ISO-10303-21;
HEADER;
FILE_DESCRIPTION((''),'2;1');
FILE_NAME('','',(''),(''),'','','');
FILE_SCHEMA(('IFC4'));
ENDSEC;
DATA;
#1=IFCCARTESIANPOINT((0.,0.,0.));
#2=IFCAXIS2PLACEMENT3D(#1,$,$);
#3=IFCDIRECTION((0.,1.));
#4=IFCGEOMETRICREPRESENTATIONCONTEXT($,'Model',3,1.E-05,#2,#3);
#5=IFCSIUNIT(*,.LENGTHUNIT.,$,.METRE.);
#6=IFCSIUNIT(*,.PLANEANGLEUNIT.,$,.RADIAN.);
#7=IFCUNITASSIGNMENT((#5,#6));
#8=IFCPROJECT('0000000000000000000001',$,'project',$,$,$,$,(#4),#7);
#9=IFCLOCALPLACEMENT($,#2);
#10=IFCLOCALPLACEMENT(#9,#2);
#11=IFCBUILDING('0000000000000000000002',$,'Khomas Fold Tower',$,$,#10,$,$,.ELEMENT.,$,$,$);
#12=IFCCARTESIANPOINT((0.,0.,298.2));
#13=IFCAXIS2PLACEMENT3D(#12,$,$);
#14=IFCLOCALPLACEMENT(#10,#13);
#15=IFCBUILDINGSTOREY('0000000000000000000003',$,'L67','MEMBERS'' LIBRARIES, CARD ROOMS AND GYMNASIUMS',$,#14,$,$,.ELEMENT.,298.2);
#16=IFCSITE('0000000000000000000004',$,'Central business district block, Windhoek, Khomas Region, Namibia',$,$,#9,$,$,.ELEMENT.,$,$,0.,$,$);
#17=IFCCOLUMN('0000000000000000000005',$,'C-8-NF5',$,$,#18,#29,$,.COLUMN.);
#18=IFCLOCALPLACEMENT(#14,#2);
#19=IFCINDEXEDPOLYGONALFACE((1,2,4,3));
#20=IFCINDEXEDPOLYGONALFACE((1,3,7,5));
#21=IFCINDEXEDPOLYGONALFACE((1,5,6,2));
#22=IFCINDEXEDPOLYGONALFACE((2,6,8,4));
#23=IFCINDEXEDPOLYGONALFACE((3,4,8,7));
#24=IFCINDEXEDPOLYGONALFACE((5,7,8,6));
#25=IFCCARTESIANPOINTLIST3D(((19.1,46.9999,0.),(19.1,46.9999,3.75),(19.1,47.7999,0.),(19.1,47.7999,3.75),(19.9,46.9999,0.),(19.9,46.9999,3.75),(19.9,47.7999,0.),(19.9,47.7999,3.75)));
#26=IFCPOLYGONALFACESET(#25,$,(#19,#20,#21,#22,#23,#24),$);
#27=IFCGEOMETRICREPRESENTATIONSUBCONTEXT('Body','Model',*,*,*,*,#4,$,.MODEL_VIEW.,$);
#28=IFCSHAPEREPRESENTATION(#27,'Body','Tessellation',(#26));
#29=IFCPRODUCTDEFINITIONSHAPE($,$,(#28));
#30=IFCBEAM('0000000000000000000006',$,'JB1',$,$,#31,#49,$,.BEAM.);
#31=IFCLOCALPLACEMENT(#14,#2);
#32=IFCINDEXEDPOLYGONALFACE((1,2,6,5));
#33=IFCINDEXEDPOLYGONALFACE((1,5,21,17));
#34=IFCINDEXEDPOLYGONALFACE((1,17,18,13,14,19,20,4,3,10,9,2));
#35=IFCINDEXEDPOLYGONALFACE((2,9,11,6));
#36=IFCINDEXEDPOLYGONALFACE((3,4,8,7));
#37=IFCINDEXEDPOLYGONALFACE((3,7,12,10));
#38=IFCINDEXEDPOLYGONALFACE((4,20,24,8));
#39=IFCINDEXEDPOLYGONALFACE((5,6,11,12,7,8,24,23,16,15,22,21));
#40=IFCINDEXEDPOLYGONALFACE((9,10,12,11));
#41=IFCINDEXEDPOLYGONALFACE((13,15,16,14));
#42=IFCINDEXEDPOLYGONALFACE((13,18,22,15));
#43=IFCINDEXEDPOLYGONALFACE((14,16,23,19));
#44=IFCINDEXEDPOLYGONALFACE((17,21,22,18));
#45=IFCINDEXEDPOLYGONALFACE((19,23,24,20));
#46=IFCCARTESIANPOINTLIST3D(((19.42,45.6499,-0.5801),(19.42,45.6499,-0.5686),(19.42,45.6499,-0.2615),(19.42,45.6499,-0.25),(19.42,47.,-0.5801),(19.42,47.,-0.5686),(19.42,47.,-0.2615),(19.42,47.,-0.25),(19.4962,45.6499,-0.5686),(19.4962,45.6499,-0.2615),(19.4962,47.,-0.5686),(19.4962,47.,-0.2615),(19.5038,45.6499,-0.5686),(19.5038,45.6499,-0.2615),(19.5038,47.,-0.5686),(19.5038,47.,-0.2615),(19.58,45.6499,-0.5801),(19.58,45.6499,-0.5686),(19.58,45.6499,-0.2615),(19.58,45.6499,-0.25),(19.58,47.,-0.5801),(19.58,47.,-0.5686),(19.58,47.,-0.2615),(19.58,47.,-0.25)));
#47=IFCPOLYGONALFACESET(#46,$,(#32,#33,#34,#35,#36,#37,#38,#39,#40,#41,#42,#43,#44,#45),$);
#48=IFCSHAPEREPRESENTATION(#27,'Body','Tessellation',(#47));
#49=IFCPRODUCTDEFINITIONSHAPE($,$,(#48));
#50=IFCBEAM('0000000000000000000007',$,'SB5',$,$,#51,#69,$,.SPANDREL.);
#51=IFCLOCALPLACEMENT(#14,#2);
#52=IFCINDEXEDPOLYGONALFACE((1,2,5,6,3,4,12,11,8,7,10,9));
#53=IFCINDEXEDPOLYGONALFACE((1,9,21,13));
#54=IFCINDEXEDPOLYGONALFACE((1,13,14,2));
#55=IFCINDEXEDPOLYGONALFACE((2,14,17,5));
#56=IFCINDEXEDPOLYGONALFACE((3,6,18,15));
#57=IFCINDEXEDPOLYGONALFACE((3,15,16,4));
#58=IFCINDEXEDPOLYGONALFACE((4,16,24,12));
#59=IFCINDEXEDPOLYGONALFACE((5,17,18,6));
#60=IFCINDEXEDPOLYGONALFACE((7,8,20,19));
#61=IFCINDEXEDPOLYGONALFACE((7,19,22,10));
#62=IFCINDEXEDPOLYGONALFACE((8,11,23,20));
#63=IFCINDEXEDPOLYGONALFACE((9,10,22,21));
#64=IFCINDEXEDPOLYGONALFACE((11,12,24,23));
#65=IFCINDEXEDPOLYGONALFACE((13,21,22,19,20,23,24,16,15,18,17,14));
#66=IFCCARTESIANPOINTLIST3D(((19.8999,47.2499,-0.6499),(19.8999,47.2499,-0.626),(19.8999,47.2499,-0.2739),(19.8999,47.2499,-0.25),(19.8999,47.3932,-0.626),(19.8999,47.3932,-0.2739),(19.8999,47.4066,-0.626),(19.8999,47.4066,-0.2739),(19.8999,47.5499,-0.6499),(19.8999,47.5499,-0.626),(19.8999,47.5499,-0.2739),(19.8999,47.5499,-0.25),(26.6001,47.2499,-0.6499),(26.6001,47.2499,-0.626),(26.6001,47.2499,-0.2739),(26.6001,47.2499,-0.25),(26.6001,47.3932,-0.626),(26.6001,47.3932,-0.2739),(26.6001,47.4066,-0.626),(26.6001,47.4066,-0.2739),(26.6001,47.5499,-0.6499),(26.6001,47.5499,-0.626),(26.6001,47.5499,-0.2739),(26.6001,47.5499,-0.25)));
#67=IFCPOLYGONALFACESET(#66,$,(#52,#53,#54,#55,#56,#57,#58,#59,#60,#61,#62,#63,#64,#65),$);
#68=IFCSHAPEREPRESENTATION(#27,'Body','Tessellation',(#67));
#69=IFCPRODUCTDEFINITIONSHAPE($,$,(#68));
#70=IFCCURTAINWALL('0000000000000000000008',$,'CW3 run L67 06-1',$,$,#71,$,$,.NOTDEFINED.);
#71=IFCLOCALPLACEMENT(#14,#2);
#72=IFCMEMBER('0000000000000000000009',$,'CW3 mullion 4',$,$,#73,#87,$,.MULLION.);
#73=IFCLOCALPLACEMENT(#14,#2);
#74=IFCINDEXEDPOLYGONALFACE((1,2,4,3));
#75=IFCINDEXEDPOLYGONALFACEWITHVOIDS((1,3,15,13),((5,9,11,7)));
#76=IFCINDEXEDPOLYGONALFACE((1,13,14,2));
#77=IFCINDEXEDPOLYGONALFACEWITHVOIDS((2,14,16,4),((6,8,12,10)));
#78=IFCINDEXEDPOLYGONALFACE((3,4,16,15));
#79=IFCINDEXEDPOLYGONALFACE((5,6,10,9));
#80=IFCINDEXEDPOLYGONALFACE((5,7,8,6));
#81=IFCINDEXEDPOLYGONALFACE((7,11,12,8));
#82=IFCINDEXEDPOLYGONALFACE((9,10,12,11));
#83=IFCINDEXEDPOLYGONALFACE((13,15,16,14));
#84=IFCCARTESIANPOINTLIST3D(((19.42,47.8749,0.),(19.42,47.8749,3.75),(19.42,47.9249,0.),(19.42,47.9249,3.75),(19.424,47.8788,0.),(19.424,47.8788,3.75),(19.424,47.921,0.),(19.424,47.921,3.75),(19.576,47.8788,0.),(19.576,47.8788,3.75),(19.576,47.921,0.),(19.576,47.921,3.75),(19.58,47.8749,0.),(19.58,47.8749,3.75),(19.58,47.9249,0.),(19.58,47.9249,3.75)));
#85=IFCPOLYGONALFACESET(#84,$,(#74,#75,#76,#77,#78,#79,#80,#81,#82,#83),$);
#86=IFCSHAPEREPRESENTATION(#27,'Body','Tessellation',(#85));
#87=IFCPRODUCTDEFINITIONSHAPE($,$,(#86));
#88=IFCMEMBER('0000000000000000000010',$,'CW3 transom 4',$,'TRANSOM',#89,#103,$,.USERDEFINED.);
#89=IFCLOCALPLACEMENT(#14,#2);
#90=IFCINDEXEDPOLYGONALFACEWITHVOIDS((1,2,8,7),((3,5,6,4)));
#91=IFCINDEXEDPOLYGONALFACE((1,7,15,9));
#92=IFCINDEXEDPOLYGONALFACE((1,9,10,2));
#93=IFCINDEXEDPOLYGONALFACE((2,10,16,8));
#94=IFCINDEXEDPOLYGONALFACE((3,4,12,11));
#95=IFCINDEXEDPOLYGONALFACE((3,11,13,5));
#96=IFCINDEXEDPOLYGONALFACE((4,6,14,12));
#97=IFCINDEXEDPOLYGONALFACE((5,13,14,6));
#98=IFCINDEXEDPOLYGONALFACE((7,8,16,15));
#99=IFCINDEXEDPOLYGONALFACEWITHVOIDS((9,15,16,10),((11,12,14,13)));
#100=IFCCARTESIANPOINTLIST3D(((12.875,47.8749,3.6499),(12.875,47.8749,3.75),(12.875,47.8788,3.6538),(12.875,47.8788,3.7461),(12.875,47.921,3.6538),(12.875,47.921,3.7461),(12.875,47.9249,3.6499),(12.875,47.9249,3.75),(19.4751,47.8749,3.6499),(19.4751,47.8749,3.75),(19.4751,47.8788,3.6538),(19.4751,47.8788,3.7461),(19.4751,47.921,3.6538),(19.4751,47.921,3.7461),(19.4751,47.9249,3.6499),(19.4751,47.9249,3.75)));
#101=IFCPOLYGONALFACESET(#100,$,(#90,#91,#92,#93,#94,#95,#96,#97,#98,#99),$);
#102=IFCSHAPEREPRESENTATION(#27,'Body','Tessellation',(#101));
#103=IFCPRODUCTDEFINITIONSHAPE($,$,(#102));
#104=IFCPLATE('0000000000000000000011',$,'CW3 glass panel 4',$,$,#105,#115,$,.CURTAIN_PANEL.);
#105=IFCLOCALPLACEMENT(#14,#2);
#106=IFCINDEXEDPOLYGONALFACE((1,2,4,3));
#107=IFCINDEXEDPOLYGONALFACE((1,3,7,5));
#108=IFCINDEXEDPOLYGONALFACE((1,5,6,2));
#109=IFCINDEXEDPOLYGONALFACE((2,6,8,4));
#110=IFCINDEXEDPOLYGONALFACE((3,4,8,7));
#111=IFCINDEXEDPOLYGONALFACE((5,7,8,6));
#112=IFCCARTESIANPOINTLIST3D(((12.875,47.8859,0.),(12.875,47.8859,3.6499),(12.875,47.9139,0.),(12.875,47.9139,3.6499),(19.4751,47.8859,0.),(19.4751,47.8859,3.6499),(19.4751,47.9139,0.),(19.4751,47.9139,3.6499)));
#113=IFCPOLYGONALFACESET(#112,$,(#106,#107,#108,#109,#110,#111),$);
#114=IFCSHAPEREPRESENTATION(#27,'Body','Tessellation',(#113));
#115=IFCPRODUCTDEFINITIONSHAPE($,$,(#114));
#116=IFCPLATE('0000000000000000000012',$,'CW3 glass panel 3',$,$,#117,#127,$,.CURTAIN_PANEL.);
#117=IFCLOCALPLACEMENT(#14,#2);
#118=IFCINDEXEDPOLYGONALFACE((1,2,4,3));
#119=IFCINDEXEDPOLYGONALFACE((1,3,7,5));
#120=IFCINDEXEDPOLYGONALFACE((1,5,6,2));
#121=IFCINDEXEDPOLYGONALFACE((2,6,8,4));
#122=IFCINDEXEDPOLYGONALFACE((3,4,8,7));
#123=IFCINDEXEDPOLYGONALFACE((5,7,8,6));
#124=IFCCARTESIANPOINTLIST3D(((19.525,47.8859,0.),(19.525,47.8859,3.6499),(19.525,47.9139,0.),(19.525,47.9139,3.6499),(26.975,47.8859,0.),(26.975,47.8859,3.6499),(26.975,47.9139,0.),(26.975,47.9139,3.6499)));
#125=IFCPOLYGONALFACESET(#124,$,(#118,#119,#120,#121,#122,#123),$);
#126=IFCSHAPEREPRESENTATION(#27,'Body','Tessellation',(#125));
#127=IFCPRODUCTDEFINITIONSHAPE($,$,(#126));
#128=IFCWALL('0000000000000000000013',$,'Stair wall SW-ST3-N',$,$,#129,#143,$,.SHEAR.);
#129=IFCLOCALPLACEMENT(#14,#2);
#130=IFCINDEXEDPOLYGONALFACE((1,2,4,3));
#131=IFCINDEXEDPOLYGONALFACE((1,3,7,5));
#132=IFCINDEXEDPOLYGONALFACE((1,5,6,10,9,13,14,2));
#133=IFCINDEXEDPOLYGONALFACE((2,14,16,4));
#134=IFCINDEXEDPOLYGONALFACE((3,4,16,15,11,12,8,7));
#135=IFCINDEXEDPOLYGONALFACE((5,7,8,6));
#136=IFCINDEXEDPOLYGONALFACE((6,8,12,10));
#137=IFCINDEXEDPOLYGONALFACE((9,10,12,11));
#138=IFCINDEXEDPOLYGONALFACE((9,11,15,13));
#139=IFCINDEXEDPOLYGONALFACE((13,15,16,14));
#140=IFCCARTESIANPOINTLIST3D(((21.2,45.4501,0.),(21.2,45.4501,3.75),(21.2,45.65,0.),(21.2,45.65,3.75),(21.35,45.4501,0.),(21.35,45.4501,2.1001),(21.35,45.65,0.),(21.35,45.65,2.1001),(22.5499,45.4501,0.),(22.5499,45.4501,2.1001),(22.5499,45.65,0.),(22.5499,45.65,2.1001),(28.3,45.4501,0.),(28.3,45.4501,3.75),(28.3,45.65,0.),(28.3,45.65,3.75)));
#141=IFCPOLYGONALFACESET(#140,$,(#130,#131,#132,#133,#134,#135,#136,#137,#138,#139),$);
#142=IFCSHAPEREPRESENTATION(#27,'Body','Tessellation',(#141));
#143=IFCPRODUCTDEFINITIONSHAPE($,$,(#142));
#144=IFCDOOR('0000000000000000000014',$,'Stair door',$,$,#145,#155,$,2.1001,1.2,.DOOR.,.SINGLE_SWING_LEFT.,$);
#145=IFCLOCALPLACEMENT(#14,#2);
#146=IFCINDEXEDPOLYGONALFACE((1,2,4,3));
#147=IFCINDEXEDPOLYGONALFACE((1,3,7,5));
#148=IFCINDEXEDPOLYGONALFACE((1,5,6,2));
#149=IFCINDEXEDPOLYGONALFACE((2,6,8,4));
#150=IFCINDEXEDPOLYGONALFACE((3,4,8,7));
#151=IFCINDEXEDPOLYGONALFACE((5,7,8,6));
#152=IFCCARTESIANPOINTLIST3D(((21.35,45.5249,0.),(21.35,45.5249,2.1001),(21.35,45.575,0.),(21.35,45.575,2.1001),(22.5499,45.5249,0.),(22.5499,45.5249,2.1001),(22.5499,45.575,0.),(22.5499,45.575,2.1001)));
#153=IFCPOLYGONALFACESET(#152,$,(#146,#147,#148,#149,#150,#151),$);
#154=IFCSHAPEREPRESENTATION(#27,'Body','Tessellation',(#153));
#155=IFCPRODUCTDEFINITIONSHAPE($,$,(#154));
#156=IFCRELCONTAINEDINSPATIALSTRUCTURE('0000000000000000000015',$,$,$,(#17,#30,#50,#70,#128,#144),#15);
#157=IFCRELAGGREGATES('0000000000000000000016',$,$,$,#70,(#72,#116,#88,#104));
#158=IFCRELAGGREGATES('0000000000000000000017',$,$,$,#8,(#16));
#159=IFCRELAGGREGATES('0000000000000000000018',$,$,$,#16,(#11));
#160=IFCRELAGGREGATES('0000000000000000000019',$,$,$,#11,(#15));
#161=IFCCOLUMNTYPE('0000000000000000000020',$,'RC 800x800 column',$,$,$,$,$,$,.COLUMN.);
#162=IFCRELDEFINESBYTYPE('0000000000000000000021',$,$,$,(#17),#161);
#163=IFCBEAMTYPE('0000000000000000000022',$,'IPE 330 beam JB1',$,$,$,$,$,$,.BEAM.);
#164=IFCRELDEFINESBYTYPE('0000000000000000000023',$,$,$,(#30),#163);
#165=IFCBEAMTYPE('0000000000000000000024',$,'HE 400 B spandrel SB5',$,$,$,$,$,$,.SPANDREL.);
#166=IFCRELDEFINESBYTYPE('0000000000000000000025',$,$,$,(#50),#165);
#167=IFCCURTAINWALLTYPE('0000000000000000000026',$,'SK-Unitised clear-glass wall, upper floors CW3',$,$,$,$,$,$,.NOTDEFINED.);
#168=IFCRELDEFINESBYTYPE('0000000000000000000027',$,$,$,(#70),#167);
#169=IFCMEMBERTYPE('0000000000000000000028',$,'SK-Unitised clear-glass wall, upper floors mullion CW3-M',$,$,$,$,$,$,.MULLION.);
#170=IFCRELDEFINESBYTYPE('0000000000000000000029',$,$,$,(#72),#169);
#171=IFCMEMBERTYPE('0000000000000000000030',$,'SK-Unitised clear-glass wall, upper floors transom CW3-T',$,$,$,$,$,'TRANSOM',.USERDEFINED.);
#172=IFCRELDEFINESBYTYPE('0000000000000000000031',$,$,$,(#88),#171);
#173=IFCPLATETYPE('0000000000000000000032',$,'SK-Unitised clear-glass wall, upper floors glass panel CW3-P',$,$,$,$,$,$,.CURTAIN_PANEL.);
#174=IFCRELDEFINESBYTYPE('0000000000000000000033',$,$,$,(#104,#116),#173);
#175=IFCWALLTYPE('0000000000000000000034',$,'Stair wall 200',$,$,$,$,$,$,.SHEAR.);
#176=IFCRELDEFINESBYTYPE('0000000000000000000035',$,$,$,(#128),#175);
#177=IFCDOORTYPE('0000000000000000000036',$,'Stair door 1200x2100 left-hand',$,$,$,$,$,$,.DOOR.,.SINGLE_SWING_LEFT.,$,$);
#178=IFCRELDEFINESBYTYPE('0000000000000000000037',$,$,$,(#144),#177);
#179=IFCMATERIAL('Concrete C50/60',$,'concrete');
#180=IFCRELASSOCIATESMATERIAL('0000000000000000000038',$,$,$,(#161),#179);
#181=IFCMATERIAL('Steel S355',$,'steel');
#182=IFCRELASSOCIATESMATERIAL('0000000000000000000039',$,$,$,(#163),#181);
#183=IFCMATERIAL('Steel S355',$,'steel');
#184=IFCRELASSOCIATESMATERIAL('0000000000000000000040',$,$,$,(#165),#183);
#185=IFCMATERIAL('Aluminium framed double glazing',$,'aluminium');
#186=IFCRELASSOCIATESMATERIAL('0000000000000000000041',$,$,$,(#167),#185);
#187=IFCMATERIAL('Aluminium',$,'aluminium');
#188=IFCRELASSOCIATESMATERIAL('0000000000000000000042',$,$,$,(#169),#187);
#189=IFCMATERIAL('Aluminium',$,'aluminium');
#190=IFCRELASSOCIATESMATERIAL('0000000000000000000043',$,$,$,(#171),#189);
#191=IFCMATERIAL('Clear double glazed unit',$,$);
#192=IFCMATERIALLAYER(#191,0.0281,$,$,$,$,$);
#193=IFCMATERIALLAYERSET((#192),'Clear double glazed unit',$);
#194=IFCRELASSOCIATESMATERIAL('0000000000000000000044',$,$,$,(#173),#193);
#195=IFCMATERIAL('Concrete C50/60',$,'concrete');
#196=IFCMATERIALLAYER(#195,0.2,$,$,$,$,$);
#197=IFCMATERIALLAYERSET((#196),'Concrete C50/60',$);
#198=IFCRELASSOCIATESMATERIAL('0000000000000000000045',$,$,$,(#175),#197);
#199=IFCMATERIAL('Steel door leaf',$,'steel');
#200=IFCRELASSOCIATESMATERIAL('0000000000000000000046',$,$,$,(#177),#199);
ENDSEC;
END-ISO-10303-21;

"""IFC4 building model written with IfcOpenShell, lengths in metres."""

from ifc_helpers import new_model, si_unit, direction, frame, frame_2d, origin, origin_2d, place, context, subcontext, project, spatial, rectangle, hollow_rectangle, i_section, extrude, source, transform, mapped, material, layer, layer_set, material_profile, profile_set, type_object, element, fill, aggregate, save


model = new_model("IFC4")

# Units and contexts
model_context = context("Model", 3, precision=1e-05, world=origin(), true_north=direction((0.0, 1.0)))
body_context = subcontext(model_context, "Body", "Model", "MODEL_VIEW")
ifc_project = project(units=[si_unit("LENGTHUNIT", "METRE"), si_unit("PLANEANGLEUNIT", "RADIAN")], contexts=[model_context])

# Site, building, storey
site_placement = place(None, origin())
site = spatial("IfcSite", under=ifc_project, at=site_placement, Name="Central business district block, Windhoek, Khomas Region, Namibia", CompositionType="ELEMENT", RefElevation=0.0)
building_placement = place(site_placement, origin())
building = spatial("IfcBuilding", under=site, at=building_placement, Name="Khomas Fold Tower", CompositionType="ELEMENT")
storey_placement = place(building_placement, frame((0.0, 0.0, 298.2)))
storey = spatial("IfcBuildingStorey", under=building, at=storey_placement, Name="L67", Description="MEMBERS' LIBRARIES, CARD ROOMS AND GYMNASIUMS", CompositionType="ELEMENT", Elevation=298.2)

# Column
ifc_material_1 = material(Name="Concrete C50/60", Category="concrete")
ifc_material_profile_1 = material_profile(ifc_material_1, rectangle(XDim=0.8, YDim=0.8, at=origin_2d()), Name="RC 800x800")
ifc_profile_set_1 = profile_set([ifc_material_profile_1], Name="Concrete C50/60")
column_type = type_object("IfcColumnType", Name="RC 800x800 column", PredefinedType="COLUMN", material=ifc_profile_set_1)
shared_shape_1 = source(origin(), body_context, "Body", "SweptSolid", [
    extrude(rectangle(XDim=0.8, YDim=0.8, at=origin_2d()), origin(), (0.0, 0.0, 1.0), 3.75),
])
column_placement = place(storey_placement, frame((19.5, 47.3999, 0.0), z_axis=(0.0, 0.0, 1.0), x_axis=(1.0, 0.0, 0.0)))
element("IfcColumn", 1, at=column_placement, inside=storey, type_object=column_type, Name="C-8-NF5", PredefinedType="COLUMN", context=body_context, shape_type="MappedRepresentation", body=[
    mapped(shared_shape_1, transform((0.0, 0.0, 0.0))),
])

# Beams
ifc_material_2 = material(Name="Steel S355", Category="steel")
ifc_material_profile_2 = material_profile(ifc_material_2, i_section(OverallWidth=0.1599, OverallDepth=0.3301, WebThickness=0.0076, FlangeThickness=0.0115, at=origin_2d()), Name="IPE 330")
ifc_profile_set_2 = profile_set([ifc_material_profile_2], Name="Steel S355")
beam_type_1 = type_object("IfcBeamType", Name="IPE 330 beam JB1", PredefinedType="BEAM", material=ifc_profile_set_2)
shared_shape_2 = source(origin(), body_context, "Body", "SweptSolid", [
    extrude(i_section(OverallWidth=0.1599, OverallDepth=0.3301, WebThickness=0.0076, FlangeThickness=0.0115, at=origin_2d()), origin(), (0.0, 0.0, 1.0), 1.3501),
])
beam_1_placement = place(storey_placement, frame((19.5, 45.6499, -0.415), z_axis=(0.0, 1.0, 0.0), x_axis=(-1.0, 0.0, 0.0)))
element("IfcBeam", 2, at=beam_1_placement, inside=storey, type_object=beam_type_1, Name="JB1", PredefinedType="BEAM", context=body_context, shape_type="MappedRepresentation", body=[
    mapped(shared_shape_2, transform((0.0, 0.0, 0.0))),
])
ifc_material_3 = material(Name="Steel S355", Category="steel")
ifc_material_profile_3 = material_profile(ifc_material_3, i_section(OverallWidth=0.3, OverallDepth=0.3999, WebThickness=0.0134, FlangeThickness=0.0239, at=origin_2d()), Name="HE 400 B")
ifc_profile_set_3 = profile_set([ifc_material_profile_3], Name="Steel S355")
beam_type_2 = type_object("IfcBeamType", Name="HE 400 B spandrel SB5", PredefinedType="SPANDREL", material=ifc_profile_set_3)
shared_shape_3 = source(origin(), body_context, "Body", "SweptSolid", [
    extrude(i_section(OverallWidth=0.3, OverallDepth=0.3999, WebThickness=0.0134, FlangeThickness=0.0239, at=origin_2d()), origin(), (0.0, 0.0, 1.0), 6.7002),
])
beam_2_placement = place(storey_placement, frame((19.8999, 47.3999, -0.45), z_axis=(1.0, 0.0, 0.0), x_axis=(0.0, 1.0, 0.0)))
element("IfcBeam", 3, at=beam_2_placement, inside=storey, type_object=beam_type_2, Name="SB5", PredefinedType="SPANDREL", context=body_context, shape_type="MappedRepresentation", body=[
    mapped(shared_shape_3, transform((0.0, 0.0, 0.0))),
])

# Curtain wall, members, plates
ifc_material_4 = material(Name="Aluminium framed double glazing", Category="aluminium")
curtain_wall_type = type_object("IfcCurtainWallType", Name="SK-Unitised clear-glass wall, upper floors CW3", PredefinedType="NOTDEFINED", material=ifc_material_4)
curtain_wall_placement = place(storey_placement, origin())
curtain_wall = element("IfcCurtainWall", 4, at=curtain_wall_placement, inside=storey, type_object=curtain_wall_type, Name="CW3 run L67 06-1", PredefinedType="NOTDEFINED")
ifc_material_5 = material(Name="Aluminium", Category="aluminium")
ifc_material_profile_4 = material_profile(ifc_material_5, hollow_rectangle(XDim=0.05, YDim=0.1599, WallThickness=0.0039, at=origin_2d()), Name="SK-Unitised clear-glass wall, upper floors mullion CW3-M")
ifc_profile_set_4 = profile_set([ifc_material_profile_4], Name="Aluminium")
member_type_1 = type_object("IfcMemberType", Name="SK-Unitised clear-glass wall, upper floors mullion CW3-M", PredefinedType="MULLION", material=ifc_profile_set_4)
shared_shape_4 = source(origin(), body_context, "Body", "SweptSolid", [
    extrude(hollow_rectangle(XDim=0.05, YDim=0.1599, WallThickness=0.0039, at=origin_2d()), origin(), (0.0, 0.0, 1.0), 3.75),
])
member_1_placement = place(storey_placement, frame((19.5, 47.8999, 0.0), z_axis=(0.0, 0.0, 1.0), x_axis=(0.0, -1.0, 0.0)))
member_1 = element("IfcMember", 5, at=member_1_placement, type_object=member_type_1, Name="CW3 mullion 4", PredefinedType="MULLION", context=body_context, shape_type="MappedRepresentation", body=[
    mapped(shared_shape_4, transform((0.0, 0.0, 0.0))),
])
ifc_material_6 = material(Name="Aluminium", Category="aluminium")
ifc_material_profile_5 = material_profile(ifc_material_6, hollow_rectangle(XDim=0.05, YDim=0.1001, WallThickness=0.0039, at=origin_2d()), Name="SK-Unitised clear-glass wall, upper floors transom CW3-T")
ifc_profile_set_5 = profile_set([ifc_material_profile_5], Name="Aluminium")
member_type_2 = type_object("IfcMemberType", Name="SK-Unitised clear-glass wall, upper floors transom CW3-T", ElementType="TRANSOM", PredefinedType="USERDEFINED", material=ifc_profile_set_5)
shared_shape_5 = source(origin(), body_context, "Body", "SweptSolid", [
    extrude(hollow_rectangle(XDim=0.05, YDim=0.1001, WallThickness=0.0039, at=origin_2d()), origin(), (0.0, 0.0, 1.0), 6.6001),
])
member_2_placement = place(storey_placement, frame((19.4751, 47.8999, 3.7), z_axis=(-1.0, 0.0, 0.0), x_axis=(0.0, -1.0, 0.0)))
member_2 = element("IfcMember", 6, at=member_2_placement, type_object=member_type_2, Name="CW3 transom 4", ObjectType="TRANSOM", PredefinedType="USERDEFINED", context=body_context, shape_type="MappedRepresentation", body=[
    mapped(shared_shape_5, transform((0.0, 0.0, 0.0))),
])
ifc_material_7 = material(Name="Clear double glazed unit")
ifc_layer_1 = layer(ifc_material_7, 0.0281)
ifc_layer_set_1 = layer_set([ifc_layer_1], Name="Clear double glazed unit")
plate_type = type_object("IfcPlateType", Name="SK-Unitised clear-glass wall, upper floors glass panel CW3-P", PredefinedType="CURTAIN_PANEL", material=ifc_layer_set_1)
shared_shape_6 = source(origin(), body_context, "Body", "SweptSolid", [
    extrude(rectangle(XDim=6.6001, YDim=0.0281, at=origin_2d()), origin(), (0.0, 0.0, 1.0), 3.6499),
])
plate_1_placement = place(storey_placement, frame((16.175, 47.8999, 0.0), z_axis=(0.0, 0.0, 1.0), x_axis=(-1.0, 0.0, 0.0)))
plate_1 = element("IfcPlate", 7, at=plate_1_placement, type_object=plate_type, Name="CW3 glass panel 4", PredefinedType="CURTAIN_PANEL", context=body_context, shape_type="MappedRepresentation", body=[
    mapped(shared_shape_6, transform((0.0, 0.0, 0.0))),
])
shared_shape_7 = source(origin(), body_context, "Body", "SweptSolid", [
    extrude(rectangle(XDim=7.45, YDim=0.0281, at=origin_2d()), origin(), (0.0, 0.0, 1.0), 3.6499),
])
plate_2_placement = place(storey_placement, frame((23.25, 47.8999, 0.0), z_axis=(0.0, 0.0, 1.0), x_axis=(-1.0, 0.0, 0.0)))
plate_2 = element("IfcPlate", 8, at=plate_2_placement, type_object=plate_type, Name="CW3 glass panel 3", PredefinedType="CURTAIN_PANEL", context=body_context, shape_type="MappedRepresentation", body=[
    mapped(shared_shape_7, transform((0.0, 0.0, 0.0))),
])
aggregate(curtain_wall, [member_1, plate_2, member_2, plate_1])

# Wall, opening, door
ifc_material_8 = material(Name="Concrete C50/60", Category="concrete")
ifc_layer_2 = layer(ifc_material_8, 0.2)
ifc_layer_set_2 = layer_set([ifc_layer_2], Name="Concrete C50/60")
wall_type_1 = type_object("IfcWallType", Name="Stair wall 200", PredefinedType="SHEAR", material=ifc_layer_set_2)
shared_shape_8 = source(origin(), body_context, "Body", "SweptSolid", [
    extrude(rectangle(XDim=7.1001, YDim=0.2, at=frame_2d((3.55, 0.0))), origin(), (0.0, 0.0, 1.0), 3.75),
])
wall_1_placement = place(storey_placement, frame((21.2, 45.55, 0.0), z_axis=(0.0, 0.0, 1.0), x_axis=(1.0, 0.0, 0.0)))
wall_1 = element("IfcWall", 9, at=wall_1_placement, inside=storey, type_object=wall_type_1, Name="Stair wall SW-ST3-N", PredefinedType="SHEAR", context=body_context, shape_type="MappedRepresentation", body=[
    mapped(shared_shape_8, transform((0.0, 0.0, 0.0))),
])
shared_shape_9 = source(origin(), body_context, "Body", "SweptSolid", [
    extrude(rectangle(XDim=1.2, YDim=2.1001, at=frame_2d((0.6001, 1.05))), frame((0.0, 0.1099, 0.0), z_axis=(0.0, -1.0, 0.0), x_axis=(1.0, 0.0, 0.0)), (0.0, 0.0, 1.0), 0.22),
])
opening_placement = place(wall_1_placement, frame((0.1499, 0.0, 0.0)))
opening = element("IfcOpeningElement", 10, at=opening_placement, cuts=wall_1, PredefinedType="OPENING", context=body_context, shape_type="MappedRepresentation", body=[
    mapped(shared_shape_9, transform((0.0, 0.0, 0.0))),
])
ifc_material_9 = material(Name="Steel door leaf", Category="steel")
door_type = type_object("IfcDoorType", Name="Stair door 1200x2100 left-hand", OperationType="SINGLE_SWING_LEFT", PredefinedType="DOOR", material=ifc_material_9)
shared_shape_10 = source(origin(), body_context, "Body", "SweptSolid", [
    extrude(rectangle(XDim=1.2, YDim=2.1001, at=frame_2d((0.6001, 1.05))), frame((0.0, 0.0249, 0.0), z_axis=(0.0, -1.0, 0.0), x_axis=(1.0, 0.0, 0.0)), (0.0, 0.0, 1.0), 0.05),
])
door_placement = place(opening_placement, origin())
door = element("IfcDoor", 11, at=door_placement, inside=storey, type_object=door_type, Name="Stair door", OperationType="SINGLE_SWING_LEFT", OverallHeight=2.1001, OverallWidth=1.2, PredefinedType="DOOR", context=body_context, shape_type="MappedRepresentation", body=[
    mapped(shared_shape_10, transform((0.0, 0.0, 0.0))),
])
fill(opening, door)

save(model, "model.ifc")
